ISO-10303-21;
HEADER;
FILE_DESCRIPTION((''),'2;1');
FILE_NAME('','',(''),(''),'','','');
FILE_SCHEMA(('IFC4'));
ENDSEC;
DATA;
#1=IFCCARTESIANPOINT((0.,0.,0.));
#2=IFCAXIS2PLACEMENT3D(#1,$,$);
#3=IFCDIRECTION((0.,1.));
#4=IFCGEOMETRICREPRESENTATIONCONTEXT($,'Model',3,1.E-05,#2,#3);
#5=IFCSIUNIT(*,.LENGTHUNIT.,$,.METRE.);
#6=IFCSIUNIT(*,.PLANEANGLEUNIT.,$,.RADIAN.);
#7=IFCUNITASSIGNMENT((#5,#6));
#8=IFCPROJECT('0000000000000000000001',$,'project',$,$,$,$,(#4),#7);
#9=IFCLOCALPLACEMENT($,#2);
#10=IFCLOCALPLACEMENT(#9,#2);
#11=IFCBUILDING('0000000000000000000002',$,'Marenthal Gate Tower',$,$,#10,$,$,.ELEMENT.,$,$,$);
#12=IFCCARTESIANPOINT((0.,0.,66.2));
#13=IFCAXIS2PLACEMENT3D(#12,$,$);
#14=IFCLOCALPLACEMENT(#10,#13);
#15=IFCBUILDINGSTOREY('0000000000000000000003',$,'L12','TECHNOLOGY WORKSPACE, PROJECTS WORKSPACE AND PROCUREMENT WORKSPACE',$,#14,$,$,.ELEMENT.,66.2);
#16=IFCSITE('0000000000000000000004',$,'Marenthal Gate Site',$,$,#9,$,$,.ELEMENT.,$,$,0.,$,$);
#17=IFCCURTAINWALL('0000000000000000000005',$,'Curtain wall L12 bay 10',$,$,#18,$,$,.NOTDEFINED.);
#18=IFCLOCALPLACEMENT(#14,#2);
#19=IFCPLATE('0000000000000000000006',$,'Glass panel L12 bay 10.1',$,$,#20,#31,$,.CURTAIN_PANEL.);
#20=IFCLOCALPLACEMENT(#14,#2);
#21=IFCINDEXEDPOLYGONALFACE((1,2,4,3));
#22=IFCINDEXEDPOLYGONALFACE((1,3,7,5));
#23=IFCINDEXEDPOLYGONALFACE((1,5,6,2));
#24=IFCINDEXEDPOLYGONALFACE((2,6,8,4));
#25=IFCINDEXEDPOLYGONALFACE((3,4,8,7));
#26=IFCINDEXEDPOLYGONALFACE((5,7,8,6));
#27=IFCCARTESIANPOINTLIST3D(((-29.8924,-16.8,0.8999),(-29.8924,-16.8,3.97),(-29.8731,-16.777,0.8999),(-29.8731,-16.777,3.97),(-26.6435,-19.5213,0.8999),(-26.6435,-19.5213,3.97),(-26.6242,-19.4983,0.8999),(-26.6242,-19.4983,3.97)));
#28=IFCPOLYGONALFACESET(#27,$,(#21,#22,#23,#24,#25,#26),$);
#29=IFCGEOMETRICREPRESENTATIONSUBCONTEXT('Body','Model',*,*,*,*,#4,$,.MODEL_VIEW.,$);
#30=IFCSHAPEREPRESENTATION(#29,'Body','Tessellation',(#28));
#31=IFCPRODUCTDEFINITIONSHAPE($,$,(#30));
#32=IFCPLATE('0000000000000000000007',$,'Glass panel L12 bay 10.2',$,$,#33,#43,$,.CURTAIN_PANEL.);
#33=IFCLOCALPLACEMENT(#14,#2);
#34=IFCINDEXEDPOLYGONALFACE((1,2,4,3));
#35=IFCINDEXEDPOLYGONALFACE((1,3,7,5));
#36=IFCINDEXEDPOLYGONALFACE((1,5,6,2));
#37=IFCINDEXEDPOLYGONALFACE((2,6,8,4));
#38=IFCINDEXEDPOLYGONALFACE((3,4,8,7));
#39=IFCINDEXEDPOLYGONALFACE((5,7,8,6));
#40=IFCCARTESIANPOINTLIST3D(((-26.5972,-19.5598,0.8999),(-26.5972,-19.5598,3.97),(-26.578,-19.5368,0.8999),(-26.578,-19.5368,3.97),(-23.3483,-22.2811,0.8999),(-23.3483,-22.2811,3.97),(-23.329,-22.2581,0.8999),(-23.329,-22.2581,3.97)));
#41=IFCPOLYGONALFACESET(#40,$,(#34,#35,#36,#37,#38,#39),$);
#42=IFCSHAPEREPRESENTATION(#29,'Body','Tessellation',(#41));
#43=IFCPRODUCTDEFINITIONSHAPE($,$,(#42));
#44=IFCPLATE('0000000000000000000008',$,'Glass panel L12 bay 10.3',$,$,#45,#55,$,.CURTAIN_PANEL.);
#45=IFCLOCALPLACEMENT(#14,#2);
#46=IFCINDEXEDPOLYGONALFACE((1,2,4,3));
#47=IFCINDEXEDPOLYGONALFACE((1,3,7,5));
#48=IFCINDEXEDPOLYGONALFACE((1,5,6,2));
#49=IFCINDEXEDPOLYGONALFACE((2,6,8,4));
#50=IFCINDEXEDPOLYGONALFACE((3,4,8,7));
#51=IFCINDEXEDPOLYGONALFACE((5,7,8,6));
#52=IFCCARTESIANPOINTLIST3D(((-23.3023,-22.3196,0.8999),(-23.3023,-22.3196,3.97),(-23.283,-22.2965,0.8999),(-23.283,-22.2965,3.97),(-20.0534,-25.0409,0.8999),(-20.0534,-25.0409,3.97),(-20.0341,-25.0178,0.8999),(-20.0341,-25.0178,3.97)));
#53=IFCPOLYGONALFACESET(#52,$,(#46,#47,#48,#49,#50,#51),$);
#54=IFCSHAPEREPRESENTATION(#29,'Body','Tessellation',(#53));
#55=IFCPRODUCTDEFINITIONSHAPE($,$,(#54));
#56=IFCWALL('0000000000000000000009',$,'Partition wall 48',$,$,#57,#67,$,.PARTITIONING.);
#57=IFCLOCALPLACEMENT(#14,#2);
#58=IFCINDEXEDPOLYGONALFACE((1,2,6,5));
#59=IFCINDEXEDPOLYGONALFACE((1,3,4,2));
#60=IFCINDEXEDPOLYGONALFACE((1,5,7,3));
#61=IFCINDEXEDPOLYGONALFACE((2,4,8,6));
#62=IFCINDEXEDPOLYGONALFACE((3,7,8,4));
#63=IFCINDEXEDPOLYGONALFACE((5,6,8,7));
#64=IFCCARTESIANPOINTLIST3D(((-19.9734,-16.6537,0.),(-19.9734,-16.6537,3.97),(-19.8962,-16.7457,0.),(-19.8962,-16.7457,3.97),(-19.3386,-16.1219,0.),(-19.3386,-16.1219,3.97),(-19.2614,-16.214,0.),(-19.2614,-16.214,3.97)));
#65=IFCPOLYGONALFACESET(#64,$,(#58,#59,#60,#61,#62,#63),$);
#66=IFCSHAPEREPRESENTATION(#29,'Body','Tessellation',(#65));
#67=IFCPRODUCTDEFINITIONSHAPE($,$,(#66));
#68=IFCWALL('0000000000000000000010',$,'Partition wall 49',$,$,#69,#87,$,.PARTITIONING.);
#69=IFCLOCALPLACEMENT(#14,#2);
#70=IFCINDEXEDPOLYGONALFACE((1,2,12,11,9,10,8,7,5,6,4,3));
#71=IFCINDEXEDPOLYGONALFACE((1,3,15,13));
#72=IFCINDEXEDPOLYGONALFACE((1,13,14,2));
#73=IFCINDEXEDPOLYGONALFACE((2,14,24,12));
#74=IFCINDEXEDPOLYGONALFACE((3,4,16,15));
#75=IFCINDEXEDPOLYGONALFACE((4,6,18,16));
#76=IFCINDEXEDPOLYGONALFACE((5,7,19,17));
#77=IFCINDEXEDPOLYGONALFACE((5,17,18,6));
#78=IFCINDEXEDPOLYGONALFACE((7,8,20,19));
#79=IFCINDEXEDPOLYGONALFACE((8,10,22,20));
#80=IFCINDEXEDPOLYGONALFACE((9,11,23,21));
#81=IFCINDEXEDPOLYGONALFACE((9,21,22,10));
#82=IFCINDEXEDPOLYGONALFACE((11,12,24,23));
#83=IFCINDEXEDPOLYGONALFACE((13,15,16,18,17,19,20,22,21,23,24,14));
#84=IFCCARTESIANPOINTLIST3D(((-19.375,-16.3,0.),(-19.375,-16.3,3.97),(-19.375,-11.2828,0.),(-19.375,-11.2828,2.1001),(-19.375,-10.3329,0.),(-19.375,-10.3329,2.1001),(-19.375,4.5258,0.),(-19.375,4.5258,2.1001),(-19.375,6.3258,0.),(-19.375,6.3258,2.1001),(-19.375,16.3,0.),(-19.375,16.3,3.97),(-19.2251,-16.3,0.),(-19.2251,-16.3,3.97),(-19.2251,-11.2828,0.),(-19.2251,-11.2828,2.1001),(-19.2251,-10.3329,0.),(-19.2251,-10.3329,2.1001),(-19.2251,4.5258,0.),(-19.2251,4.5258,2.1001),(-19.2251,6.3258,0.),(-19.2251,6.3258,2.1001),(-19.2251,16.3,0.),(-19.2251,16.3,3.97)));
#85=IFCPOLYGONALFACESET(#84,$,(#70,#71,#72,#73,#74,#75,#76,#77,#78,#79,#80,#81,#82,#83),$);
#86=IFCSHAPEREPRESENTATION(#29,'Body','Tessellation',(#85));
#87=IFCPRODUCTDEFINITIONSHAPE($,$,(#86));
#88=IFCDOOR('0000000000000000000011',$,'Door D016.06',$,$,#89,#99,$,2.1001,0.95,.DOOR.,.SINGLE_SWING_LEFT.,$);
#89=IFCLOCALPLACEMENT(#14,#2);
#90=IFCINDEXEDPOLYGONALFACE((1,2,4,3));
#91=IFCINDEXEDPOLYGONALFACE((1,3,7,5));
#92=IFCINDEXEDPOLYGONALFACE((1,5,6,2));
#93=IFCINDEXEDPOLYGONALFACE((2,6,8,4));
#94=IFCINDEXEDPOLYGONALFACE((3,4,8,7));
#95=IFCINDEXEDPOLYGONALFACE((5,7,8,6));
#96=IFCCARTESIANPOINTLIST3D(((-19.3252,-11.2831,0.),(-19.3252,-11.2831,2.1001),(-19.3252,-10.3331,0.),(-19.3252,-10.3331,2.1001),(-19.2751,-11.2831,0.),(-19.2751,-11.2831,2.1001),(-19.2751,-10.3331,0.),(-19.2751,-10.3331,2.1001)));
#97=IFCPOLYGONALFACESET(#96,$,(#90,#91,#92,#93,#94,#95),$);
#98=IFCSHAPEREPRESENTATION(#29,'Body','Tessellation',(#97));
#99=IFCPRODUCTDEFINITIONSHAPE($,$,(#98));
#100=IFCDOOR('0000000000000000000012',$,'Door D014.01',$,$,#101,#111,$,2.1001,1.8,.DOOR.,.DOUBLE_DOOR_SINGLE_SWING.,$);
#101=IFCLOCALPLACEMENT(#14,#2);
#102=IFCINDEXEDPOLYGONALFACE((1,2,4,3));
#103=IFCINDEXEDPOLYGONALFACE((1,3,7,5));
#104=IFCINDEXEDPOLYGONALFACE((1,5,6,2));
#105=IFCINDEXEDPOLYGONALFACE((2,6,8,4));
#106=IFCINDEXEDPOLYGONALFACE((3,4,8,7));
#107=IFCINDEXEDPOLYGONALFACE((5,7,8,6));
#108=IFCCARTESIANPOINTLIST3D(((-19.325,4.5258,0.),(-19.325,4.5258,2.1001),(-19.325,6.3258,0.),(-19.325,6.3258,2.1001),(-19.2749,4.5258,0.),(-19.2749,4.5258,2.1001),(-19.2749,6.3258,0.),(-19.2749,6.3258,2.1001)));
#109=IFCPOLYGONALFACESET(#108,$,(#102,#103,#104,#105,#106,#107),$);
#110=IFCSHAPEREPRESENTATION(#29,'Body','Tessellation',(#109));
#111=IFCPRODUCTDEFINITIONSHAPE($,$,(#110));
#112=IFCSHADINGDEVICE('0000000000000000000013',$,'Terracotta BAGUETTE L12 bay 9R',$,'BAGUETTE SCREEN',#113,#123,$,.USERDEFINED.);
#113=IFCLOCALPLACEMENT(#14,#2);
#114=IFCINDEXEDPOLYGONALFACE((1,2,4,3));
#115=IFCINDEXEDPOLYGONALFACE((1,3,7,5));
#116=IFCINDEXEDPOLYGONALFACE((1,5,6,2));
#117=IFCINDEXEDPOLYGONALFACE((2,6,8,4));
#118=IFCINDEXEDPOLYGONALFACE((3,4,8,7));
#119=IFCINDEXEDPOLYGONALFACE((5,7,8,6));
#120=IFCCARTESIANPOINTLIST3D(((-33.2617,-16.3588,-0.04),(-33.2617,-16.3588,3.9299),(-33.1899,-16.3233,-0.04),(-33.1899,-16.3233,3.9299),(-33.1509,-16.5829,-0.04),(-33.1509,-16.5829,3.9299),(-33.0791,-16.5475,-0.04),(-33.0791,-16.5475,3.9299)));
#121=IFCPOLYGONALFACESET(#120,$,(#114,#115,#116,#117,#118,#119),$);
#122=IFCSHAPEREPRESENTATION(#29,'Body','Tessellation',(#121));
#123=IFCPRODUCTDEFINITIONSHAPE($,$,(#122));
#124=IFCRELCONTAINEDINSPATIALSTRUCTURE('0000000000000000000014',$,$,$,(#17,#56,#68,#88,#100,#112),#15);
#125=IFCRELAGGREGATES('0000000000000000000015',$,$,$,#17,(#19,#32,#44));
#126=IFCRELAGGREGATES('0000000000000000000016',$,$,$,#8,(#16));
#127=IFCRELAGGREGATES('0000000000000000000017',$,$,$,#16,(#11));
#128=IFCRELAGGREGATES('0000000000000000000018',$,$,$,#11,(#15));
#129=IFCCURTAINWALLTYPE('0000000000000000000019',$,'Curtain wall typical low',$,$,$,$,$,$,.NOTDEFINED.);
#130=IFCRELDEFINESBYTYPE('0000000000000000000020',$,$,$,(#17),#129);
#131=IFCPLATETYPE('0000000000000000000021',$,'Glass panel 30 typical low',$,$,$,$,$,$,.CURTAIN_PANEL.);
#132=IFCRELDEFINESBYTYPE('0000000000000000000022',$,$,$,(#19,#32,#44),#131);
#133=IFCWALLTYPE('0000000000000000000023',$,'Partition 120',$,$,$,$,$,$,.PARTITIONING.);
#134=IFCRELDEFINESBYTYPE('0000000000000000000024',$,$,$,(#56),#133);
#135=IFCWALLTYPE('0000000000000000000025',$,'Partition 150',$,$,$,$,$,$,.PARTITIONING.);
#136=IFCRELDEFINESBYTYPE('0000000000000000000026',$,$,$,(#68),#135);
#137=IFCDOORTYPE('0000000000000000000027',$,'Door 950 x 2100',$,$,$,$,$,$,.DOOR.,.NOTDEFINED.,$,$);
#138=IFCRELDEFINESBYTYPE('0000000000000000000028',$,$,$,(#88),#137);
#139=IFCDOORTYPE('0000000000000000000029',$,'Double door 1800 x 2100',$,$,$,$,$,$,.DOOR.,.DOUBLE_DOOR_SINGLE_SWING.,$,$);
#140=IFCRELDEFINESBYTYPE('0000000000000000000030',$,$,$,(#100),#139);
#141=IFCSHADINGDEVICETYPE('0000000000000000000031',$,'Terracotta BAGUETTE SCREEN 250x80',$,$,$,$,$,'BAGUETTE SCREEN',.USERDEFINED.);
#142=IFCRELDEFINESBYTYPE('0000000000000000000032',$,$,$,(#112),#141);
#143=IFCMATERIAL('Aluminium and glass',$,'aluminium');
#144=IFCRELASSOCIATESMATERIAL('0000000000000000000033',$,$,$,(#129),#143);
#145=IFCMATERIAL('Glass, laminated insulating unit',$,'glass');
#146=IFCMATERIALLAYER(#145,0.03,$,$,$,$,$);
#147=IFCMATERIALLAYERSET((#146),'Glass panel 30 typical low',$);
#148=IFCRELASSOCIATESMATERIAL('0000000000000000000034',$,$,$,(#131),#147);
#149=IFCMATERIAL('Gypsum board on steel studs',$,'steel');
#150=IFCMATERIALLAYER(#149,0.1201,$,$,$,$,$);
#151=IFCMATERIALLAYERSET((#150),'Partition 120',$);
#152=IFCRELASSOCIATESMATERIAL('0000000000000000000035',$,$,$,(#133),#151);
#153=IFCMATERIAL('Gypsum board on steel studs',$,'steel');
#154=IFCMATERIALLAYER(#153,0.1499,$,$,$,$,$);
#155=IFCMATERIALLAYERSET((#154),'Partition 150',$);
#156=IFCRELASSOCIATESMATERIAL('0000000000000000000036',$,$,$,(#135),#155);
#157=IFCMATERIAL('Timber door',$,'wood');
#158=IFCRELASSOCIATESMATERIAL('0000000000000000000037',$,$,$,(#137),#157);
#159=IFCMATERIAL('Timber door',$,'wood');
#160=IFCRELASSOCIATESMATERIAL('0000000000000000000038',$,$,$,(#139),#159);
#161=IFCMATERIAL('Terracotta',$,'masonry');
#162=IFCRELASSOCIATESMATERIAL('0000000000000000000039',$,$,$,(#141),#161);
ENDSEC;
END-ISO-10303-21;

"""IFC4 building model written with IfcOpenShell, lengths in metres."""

from ifc_helpers import new_model, si_unit, direction, frame, frame_2d, origin, origin_2d, place, context, subcontext, project, spatial, rectangle, extrude, material, layer, layer_set, material_profile, profile_set, type_object, element, fill, aggregate, save


model = new_model("IFC4")

# Units and contexts
model_context = context("Model", 3, precision=1e-05, world=origin(), true_north=direction((0.0, 1.0)))
body_context = subcontext(model_context, "Body", "Model", "MODEL_VIEW")
ifc_project = project(units=[si_unit("LENGTHUNIT", "METRE"), si_unit("PLANEANGLEUNIT", "RADIAN")], contexts=[model_context])

# Site, building, storey
site_placement = place(None, origin())
site = spatial("IfcSite", under=ifc_project, at=site_placement, Name="Marenthal Gate Site", CompositionType="ELEMENT", RefElevation=0.0)
building_placement = place(site_placement, origin())
building = spatial("IfcBuilding", under=site, at=building_placement, Name="Marenthal Gate Tower", CompositionType="ELEMENT")
storey_placement = place(building_placement, frame((0.0, 0.0, 66.2)))
storey = spatial("IfcBuildingStorey", under=building, at=storey_placement, Name="L12", Description="TECHNOLOGY WORKSPACE, PROJECTS WORKSPACE AND PROCUREMENT WORKSPACE", CompositionType="ELEMENT", Elevation=66.2)

# Curtain wall
ifc_material_1 = material(Name="Aluminium and glass", Category="aluminium")
curtain_wall_type = type_object("IfcCurtainWallType", Name="Curtain wall typical low", PredefinedType="NOTDEFINED", material=ifc_material_1)
curtain_wall_placement = place(storey_placement, origin())
curtain_wall = element("IfcCurtainWall", 1, at=curtain_wall_placement, inside=storey, type_object=curtain_wall_type, Name="Curtain wall L12 bay 10", PredefinedType="NOTDEFINED")

# Plates
ifc_material_2 = material(Name="Glass, laminated insulating unit", Category="glass")
ifc_layer_1 = layer(ifc_material_2, 0.03)
ifc_layer_set_1 = layer_set([ifc_layer_1], Name="Glass panel 30 typical low")
plate_type = type_object("IfcPlateType", Name="Glass panel 30 typical low", PredefinedType="CURTAIN_PANEL", material=ifc_layer_set_1)
plate_1_placement = place(storey_placement, frame((-28.2583, -18.1492, 0.8999), z_axis=(0.0, 0.0, 1.0), x_axis=(0.766611, -0.642112, 0.0)))
plate_1 = element("IfcPlate", 2, at=plate_1_placement, type_object=plate_type, Name="Glass panel L12 bay 10.1", PredefinedType="CURTAIN_PANEL", context=body_context, shape_type="SweptSolid", body=[
    extrude(rectangle(XDim=4.238, YDim=0.03, at=origin_2d()), origin(), (0.0, 0.0, 1.0), 3.0701),
])
plate_2_placement = place(storey_placement, frame((-24.9631, -20.9089, 0.8999), z_axis=(0.0, 0.0, 1.0), x_axis=(0.766611, -0.642112, 0.0)))
plate_2 = element("IfcPlate", 3, at=plate_2_placement, type_object=plate_type, Name="Glass panel L12 bay 10.2", PredefinedType="CURTAIN_PANEL", context=body_context, shape_type="SweptSolid", body=[
    extrude(rectangle(XDim=4.238, YDim=0.03, at=origin_2d()), origin(), (0.0, 0.0, 1.0), 3.0701),
])
plate_3_placement = place(storey_placement, frame((-21.6682, -23.6687, 0.8999), z_axis=(0.0, 0.0, 1.0), x_axis=(0.766611, -0.642112, 0.0)))
plate_3 = element("IfcPlate", 4, at=plate_3_placement, type_object=plate_type, Name="Glass panel L12 bay 10.3", PredefinedType="CURTAIN_PANEL", context=body_context, shape_type="SweptSolid", body=[
    extrude(rectangle(XDim=4.238, YDim=0.03, at=origin_2d()), origin(), (0.0, 0.0, 1.0), 3.0701),
])
aggregate(curtain_wall, [plate_1, plate_2, plate_3])

# Wall
ifc_material_3 = material(Name="Gypsum board on steel studs", Category="steel")
ifc_layer_2 = layer(ifc_material_3, 0.1201)
ifc_layer_set_2 = layer_set([ifc_layer_2], Name="Partition 120")
wall_type_1 = type_object("IfcWallType", Name="Partition 120", PredefinedType="PARTITIONING", material=ifc_layer_set_2)
wall_1_placement = place(storey_placement, frame((-19.9348, -16.6997, 0.0), z_axis=(0.0, 0.0, 1.0), x_axis=(0.766575, 0.642154, 0.0)))
element("IfcWall", 5, at=wall_1_placement, inside=storey, type_object=wall_type_1, Name="Partition wall 48", PredefinedType="PARTITIONING", context=body_context, shape_type="SweptSolid", body=[
    extrude(rectangle(XDim=0.8281, YDim=0.1201, at=frame_2d((0.4141, 0.0))), origin(), (0.0, 0.0, 1.0), 3.97),
])

# Wall, openings, doors
ifc_material_4 = material(Name="Gypsum board on steel studs", Category="steel")
ifc_layer_3 = layer(ifc_material_4, 0.1499)
ifc_layer_set_3 = layer_set([ifc_layer_3], Name="Partition 150")
wall_type_2 = type_object("IfcWallType", Name="Partition 150", PredefinedType="PARTITIONING", material=ifc_layer_set_3)
wall_2_placement = place(storey_placement, frame((-19.3, -16.3, 0.0), z_axis=(0.0, 0.0, 1.0), x_axis=(0.0, 1.0, 0.0)))
wall_2 = element("IfcWall", 6, at=wall_2_placement, inside=storey, type_object=wall_type_2, Name="Partition wall 49", PredefinedType="PARTITIONING", context=body_context, shape_type="SweptSolid", body=[
    extrude(rectangle(XDim=32.6001, YDim=0.1499, at=frame_2d((16.3, 0.0))), origin(), (0.0, 0.0, 1.0), 3.97),
])
opening_1_placement = place(wall_2_placement, frame((20.8259, 0.0, 0.0)))
opening_1 = element("IfcOpeningElement", 7, at=opening_1_placement, cuts=wall_2, PredefinedType="OPENING", context=body_context, shape_type="SweptSolid", body=[
    extrude(rectangle(XDim=1.8, YDim=2.1001, at=frame_2d((0.8999, 1.05))), frame((0.0, 0.085, 0.0), z_axis=(0.0, -1.0, 0.0), x_axis=(1.0, 0.0, 0.0)), (0.0, 0.0, 1.0), 0.1699),
])
opening_2_placement = place(wall_2_placement, frame((5.0171, 0.0, 0.0)))
opening_2 = element("IfcOpeningElement", 8, at=opening_2_placement, cuts=wall_2, PredefinedType="OPENING", context=body_context, shape_type="SweptSolid", body=[
    extrude(rectangle(XDim=0.95, YDim=2.1001, at=frame_2d((0.4751, 1.05))), frame((0.0, 0.085, 0.0), z_axis=(0.0, -1.0, 0.0), x_axis=(1.0, 0.0, 0.0)), (0.0, 0.0, 1.0), 0.1699),
])
ifc_material_5 = material(Name="Timber door", Category="wood")
door_type_1 = type_object("IfcDoorType", Name="Door 950 x 2100", OperationType="NOTDEFINED", PredefinedType="DOOR", material=ifc_material_5)
door_1_placement = place(opening_2_placement, frame((0.95, 0.0, 0.0), z_axis=(0.0, 0.0, 1.0), x_axis=(-1.0, 0.0, 0.0)))
door_1 = element("IfcDoor", 9, at=door_1_placement, inside=storey, type_object=door_type_1, Name="Door D016.06", OperationType="SINGLE_SWING_LEFT", OverallHeight=2.1001, OverallWidth=0.95, PredefinedType="DOOR", context=body_context, shape_type="SweptSolid", body=[
    extrude(rectangle(XDim=0.95, YDim=2.1001, at=frame_2d((0.4751, 1.05))), frame((0.0, 0.0249, 0.0), z_axis=(0.0, -1.0, 0.0), x_axis=(1.0, 0.0, 0.0)), (0.0, 0.0, 1.0), 0.05),
])
fill(opening_2, door_1)
ifc_material_6 = material(Name="Timber door", Category="wood")
door_type_2 = type_object("IfcDoorType", Name="Double door 1800 x 2100", OperationType="DOUBLE_DOOR_SINGLE_SWING", PredefinedType="DOOR", material=ifc_material_6)
door_2_placement = place(opening_1_placement, origin())
door_2 = element("IfcDoor", 10, at=door_2_placement, inside=storey, type_object=door_type_2, Name="Door D014.01", OperationType="DOUBLE_DOOR_SINGLE_SWING", OverallHeight=2.1001, OverallWidth=1.8, PredefinedType="DOOR", context=body_context, shape_type="SweptSolid", body=[
    extrude(rectangle(XDim=1.8, YDim=2.1001, at=frame_2d((0.8999, 1.05))), frame((0.0, 0.0249, 0.0), z_axis=(0.0, -1.0, 0.0), x_axis=(1.0, 0.0, 0.0)), (0.0, 0.0, 1.0), 0.05),
])
fill(opening_1, door_2)

# Shading device
ifc_material_7 = material(Name="Terracotta", Category="masonry")
ifc_material_profile_1 = material_profile(ifc_material_7, rectangle(XDim=0.25, YDim=0.0801, at=origin_2d()), Name="Terracotta baguette 250x80")
ifc_profile_set_1 = profile_set([ifc_material_profile_1], Name="Terracotta")
shading_device_type = type_object("IfcShadingDeviceType", Name="Terracotta BAGUETTE SCREEN 250x80", ElementType="BAGUETTE SCREEN", PredefinedType="USERDEFINED", material=ifc_profile_set_1)
shading_device_placement = place(storey_placement, frame((-33.1704, -16.4531, -0.04), z_axis=(0.0, 0.0, 1.0), x_axis=(0.442993, -0.896525, 0.0)))
element("IfcShadingDevice", 11, at=shading_device_placement, inside=storey, type_object=shading_device_type, Name="Terracotta BAGUETTE L12 bay 9R", ObjectType="BAGUETTE SCREEN", PredefinedType="USERDEFINED", context=body_context, shape_type="SweptSolid", body=[
    extrude(rectangle(XDim=0.25, YDim=0.0801, at=origin_2d()), origin(), (0.0, 0.0, 1.0), 3.97),
])

save(model, "model.ifc")
